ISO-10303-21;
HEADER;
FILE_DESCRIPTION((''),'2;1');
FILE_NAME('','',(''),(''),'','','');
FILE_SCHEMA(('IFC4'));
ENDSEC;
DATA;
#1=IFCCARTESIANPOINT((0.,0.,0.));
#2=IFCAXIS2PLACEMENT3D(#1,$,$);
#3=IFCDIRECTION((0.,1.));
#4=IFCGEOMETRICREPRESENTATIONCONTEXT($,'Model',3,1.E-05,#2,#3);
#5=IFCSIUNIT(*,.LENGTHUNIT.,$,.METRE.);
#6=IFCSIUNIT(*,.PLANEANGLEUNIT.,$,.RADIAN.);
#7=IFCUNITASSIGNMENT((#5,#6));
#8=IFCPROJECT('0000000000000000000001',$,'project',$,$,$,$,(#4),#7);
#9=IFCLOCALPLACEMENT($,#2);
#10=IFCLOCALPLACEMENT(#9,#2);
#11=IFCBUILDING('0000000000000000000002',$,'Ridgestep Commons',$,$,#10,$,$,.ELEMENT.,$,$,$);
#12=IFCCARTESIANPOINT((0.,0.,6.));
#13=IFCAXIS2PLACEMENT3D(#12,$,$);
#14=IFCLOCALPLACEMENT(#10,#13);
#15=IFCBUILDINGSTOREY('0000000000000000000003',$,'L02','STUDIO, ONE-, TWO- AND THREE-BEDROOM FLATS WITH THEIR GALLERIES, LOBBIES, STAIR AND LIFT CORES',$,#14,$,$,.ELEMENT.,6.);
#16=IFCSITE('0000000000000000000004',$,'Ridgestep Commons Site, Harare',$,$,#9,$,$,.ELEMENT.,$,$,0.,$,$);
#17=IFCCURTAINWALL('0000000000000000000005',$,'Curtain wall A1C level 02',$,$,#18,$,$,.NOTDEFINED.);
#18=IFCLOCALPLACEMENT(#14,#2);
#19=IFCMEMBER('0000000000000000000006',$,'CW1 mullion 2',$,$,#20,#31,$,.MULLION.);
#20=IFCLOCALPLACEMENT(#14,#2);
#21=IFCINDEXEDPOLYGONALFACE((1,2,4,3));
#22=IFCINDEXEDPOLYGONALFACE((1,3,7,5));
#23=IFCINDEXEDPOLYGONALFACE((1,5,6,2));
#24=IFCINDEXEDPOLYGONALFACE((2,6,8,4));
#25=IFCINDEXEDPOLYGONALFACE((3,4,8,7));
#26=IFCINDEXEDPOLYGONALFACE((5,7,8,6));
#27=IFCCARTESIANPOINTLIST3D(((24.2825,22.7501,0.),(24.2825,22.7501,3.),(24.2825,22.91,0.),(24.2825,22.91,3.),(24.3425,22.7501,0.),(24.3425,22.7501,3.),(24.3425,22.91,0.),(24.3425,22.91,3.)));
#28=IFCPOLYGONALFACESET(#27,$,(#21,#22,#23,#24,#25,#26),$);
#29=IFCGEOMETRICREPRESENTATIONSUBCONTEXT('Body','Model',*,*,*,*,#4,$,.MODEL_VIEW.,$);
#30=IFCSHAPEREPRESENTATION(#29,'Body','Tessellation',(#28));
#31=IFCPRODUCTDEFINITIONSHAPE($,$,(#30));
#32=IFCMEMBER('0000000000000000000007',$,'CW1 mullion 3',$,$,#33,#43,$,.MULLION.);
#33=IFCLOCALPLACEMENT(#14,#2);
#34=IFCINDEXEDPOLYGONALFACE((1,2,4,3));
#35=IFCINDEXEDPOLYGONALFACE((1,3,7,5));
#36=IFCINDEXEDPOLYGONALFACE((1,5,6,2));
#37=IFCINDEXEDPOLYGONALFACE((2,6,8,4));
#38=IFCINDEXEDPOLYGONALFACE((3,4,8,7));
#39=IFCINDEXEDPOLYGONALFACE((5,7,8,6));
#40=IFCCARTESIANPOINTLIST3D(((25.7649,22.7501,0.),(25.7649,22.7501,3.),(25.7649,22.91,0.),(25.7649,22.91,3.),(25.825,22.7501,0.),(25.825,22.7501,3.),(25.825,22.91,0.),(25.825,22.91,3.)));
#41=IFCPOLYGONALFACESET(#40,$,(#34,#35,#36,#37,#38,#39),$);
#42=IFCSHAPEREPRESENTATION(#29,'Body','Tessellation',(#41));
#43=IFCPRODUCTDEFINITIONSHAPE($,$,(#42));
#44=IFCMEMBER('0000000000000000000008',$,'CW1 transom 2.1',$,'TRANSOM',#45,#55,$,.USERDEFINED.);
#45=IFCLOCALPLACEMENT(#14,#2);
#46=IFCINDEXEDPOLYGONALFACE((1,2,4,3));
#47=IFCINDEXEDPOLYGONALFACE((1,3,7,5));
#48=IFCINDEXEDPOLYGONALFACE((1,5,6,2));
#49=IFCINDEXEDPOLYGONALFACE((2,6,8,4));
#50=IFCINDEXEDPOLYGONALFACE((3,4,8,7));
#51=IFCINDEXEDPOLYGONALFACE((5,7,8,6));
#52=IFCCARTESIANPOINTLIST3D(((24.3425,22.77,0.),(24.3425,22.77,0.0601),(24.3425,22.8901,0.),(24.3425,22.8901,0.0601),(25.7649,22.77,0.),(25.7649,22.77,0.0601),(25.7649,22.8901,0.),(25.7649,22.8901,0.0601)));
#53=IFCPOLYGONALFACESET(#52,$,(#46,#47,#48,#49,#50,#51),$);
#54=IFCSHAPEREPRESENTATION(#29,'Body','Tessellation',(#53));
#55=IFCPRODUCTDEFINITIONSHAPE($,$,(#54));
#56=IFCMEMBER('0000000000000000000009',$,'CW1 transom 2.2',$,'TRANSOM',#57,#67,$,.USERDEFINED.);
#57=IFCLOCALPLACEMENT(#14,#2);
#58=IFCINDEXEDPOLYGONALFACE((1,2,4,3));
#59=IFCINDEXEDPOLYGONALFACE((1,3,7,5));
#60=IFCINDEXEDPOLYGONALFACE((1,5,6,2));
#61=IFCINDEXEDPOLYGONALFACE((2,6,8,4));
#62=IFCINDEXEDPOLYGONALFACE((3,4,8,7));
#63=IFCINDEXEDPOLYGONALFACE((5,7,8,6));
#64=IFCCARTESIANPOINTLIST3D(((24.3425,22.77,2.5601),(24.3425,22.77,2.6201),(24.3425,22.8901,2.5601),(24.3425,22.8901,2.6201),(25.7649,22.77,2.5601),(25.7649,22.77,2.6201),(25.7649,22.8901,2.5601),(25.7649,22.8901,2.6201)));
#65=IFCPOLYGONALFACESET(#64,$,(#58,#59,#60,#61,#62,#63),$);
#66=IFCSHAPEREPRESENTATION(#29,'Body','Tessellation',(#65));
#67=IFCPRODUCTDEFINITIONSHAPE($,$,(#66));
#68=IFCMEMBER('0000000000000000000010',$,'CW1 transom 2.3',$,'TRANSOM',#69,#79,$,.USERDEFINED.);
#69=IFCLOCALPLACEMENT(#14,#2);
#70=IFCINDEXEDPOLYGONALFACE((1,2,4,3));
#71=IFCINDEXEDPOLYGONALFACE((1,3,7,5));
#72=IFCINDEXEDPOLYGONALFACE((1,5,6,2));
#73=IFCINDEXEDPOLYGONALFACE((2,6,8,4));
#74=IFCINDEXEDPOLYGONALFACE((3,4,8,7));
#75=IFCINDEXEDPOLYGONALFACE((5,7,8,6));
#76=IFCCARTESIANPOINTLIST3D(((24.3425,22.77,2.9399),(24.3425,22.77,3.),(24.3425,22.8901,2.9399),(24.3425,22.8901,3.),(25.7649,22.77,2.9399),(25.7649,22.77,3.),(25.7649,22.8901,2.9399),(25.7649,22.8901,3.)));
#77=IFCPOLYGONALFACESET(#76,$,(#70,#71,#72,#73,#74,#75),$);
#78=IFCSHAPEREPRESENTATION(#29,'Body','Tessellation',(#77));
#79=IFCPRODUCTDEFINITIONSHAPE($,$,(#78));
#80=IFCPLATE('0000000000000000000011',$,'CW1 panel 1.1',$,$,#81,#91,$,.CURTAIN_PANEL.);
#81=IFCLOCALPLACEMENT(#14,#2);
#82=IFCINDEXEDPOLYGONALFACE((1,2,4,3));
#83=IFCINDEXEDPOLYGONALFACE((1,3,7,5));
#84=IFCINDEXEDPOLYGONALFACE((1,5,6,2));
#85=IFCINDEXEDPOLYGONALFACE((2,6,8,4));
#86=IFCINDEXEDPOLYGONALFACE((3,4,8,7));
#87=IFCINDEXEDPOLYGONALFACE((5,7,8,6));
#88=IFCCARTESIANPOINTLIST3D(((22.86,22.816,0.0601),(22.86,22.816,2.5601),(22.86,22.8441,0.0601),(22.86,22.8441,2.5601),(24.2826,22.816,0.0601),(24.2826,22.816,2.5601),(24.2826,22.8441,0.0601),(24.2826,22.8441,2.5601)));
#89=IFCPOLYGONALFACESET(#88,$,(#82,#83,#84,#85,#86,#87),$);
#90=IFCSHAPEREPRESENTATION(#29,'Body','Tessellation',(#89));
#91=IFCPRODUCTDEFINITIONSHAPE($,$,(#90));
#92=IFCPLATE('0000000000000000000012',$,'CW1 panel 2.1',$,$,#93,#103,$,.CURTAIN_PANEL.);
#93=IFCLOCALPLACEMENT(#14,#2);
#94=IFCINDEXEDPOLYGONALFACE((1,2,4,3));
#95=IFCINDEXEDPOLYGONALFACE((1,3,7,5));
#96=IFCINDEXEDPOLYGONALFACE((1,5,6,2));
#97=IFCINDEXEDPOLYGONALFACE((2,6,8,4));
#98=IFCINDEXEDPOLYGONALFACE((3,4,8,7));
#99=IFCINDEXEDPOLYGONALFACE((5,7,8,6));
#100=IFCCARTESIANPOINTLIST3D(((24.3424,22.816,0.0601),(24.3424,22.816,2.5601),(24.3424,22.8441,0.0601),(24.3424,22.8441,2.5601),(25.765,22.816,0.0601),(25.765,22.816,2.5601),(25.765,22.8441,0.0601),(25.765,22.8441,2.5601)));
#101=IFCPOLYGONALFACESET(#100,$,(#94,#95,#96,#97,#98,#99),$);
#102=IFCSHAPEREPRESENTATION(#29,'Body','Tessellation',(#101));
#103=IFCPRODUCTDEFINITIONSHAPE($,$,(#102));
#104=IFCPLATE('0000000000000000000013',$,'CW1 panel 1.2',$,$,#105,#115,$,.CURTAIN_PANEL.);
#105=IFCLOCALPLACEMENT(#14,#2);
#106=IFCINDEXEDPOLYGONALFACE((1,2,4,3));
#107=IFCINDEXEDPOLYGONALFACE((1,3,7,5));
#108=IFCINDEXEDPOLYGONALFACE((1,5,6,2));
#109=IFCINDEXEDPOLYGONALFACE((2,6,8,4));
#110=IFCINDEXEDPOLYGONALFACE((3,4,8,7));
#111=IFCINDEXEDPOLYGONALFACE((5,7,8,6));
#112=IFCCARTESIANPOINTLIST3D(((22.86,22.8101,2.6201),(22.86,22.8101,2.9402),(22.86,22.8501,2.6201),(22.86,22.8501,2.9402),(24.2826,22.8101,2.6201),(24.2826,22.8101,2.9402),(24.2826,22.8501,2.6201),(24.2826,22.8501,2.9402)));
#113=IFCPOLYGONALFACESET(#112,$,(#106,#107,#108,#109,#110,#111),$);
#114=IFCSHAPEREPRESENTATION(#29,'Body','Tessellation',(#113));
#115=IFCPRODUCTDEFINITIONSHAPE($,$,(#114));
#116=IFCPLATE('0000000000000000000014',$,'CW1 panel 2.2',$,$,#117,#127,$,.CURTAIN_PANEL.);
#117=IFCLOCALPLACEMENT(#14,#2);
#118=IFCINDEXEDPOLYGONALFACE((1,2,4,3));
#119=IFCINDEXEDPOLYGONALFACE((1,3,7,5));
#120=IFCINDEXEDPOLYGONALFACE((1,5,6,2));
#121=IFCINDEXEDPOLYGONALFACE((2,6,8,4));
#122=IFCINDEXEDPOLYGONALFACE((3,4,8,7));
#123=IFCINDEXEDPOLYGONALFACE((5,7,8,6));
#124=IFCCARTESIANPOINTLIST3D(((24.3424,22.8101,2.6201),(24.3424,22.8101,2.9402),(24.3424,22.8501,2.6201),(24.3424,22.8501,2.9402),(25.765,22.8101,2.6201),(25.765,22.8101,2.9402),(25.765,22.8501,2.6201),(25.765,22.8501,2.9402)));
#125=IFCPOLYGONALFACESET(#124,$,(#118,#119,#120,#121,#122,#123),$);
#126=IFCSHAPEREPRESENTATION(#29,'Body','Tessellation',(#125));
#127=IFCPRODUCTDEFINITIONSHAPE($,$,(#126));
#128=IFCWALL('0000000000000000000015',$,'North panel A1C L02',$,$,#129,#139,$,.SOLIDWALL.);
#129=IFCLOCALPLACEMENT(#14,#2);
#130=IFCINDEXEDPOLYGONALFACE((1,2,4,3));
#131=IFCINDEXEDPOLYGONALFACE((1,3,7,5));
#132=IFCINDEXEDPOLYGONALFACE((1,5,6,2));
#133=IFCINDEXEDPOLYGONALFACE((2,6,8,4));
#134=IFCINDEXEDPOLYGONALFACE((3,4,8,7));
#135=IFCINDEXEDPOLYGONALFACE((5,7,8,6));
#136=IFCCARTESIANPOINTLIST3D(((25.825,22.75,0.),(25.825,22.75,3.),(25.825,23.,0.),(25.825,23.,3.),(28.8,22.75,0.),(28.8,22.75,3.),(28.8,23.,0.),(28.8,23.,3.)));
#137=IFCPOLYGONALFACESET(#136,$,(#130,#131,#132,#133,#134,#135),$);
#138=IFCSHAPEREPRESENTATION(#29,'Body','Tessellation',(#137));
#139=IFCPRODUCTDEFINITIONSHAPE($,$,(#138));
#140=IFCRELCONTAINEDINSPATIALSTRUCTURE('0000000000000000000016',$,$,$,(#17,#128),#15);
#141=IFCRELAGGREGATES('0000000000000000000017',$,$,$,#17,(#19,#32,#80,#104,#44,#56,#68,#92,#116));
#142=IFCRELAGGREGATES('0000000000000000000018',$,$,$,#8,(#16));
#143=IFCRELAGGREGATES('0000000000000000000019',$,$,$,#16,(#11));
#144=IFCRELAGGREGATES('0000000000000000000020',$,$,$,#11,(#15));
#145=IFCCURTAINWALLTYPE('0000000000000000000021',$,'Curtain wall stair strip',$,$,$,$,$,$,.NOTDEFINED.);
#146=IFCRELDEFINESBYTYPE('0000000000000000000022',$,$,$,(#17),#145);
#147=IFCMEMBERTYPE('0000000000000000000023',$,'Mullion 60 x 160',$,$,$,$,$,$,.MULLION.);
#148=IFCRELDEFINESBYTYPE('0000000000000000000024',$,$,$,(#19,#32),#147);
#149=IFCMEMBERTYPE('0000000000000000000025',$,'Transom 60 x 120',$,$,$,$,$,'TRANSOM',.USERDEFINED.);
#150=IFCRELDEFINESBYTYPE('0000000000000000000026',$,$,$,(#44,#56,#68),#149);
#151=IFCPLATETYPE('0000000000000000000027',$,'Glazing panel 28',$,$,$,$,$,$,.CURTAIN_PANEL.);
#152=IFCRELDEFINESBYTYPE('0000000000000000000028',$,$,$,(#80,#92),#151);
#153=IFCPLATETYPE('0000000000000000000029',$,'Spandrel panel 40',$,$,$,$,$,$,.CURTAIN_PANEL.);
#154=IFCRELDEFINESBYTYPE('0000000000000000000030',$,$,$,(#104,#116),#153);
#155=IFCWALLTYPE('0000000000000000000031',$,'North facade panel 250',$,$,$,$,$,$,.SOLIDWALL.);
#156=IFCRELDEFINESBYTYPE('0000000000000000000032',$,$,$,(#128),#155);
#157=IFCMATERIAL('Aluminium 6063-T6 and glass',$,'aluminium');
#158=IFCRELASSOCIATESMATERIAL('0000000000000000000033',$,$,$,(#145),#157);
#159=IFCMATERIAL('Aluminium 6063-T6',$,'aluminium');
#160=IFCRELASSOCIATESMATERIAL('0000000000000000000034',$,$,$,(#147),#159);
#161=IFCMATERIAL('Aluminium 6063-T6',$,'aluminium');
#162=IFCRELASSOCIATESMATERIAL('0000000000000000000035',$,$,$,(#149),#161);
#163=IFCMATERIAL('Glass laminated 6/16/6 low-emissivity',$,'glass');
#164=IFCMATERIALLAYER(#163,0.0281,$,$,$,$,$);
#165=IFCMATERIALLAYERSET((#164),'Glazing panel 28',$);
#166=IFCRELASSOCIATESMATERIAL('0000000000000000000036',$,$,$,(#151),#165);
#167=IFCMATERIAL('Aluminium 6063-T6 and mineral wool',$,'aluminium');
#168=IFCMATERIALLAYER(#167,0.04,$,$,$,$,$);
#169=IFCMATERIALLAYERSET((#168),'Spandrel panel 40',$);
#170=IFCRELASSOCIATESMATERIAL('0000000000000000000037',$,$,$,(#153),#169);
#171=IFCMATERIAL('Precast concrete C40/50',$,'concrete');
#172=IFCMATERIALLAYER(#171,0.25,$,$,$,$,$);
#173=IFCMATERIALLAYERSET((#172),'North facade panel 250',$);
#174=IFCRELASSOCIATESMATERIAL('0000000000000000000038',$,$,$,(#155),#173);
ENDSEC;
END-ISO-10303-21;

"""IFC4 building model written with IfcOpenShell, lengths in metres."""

from ifc_helpers import new_model, si_unit, direction, frame, frame_2d, origin, origin_2d, place, context, subcontext, project, spatial, rectangle, extrude, material, layer, layer_set, material_profile, profile_set, type_object, element, aggregate, save


model = new_model("IFC4")

# Units and contexts
model_context = context("Model", 3, precision=1e-05, world=origin(), true_north=direction((0.0, 1.0)))
body_context = subcontext(model_context, "Body", "Model", "MODEL_VIEW")
ifc_project = project(units=[si_unit("LENGTHUNIT", "METRE"), si_unit("PLANEANGLEUNIT", "RADIAN")], contexts=[model_context])

# Site, building, storey
site_placement = place(None, origin())
site = spatial("IfcSite", under=ifc_project, at=site_placement, Name="Ridgestep Commons Site, Harare", CompositionType="ELEMENT", RefElevation=0.0)
building_placement = place(site_placement, origin())
building = spatial("IfcBuilding", under=site, at=building_placement, Name="Ridgestep Commons", CompositionType="ELEMENT")
storey_placement = place(building_placement, frame((0.0, 0.0, 6.0)))
storey = spatial("IfcBuildingStorey", under=building, at=storey_placement, Name="L02", Description="STUDIO, ONE-, TWO- AND THREE-BEDROOM FLATS WITH THEIR GALLERIES, LOBBIES, STAIR AND LIFT CORES", CompositionType="ELEMENT", Elevation=6.0)

# Curtain wall, members, plates
ifc_material_1 = material(Name="Aluminium 6063-T6 and glass", Category="aluminium")
curtain_wall_type = type_object("IfcCurtainWallType", Name="Curtain wall stair strip", PredefinedType="NOTDEFINED", material=ifc_material_1)
curtain_wall_placement = place(storey_placement, origin())
curtain_wall = element("IfcCurtainWall", 1, at=curtain_wall_placement, inside=storey, type_object=curtain_wall_type, Name="Curtain wall A1C level 02", PredefinedType="NOTDEFINED")
ifc_material_2 = material(Name="Aluminium 6063-T6", Category="aluminium")
ifc_material_profile_1 = material_profile(ifc_material_2, rectangle(XDim=0.1599, YDim=0.0601, at=origin_2d()), Name="Mullion 60 x 160")
ifc_profile_set_1 = profile_set([ifc_material_profile_1], Name="Aluminium 6063-T6")
member_type_1 = type_object("IfcMemberType", Name="Mullion 60 x 160", PredefinedType="MULLION", material=ifc_profile_set_1)
member_1_placement = place(storey_placement, frame((24.3125, 22.8301, 0.0), z_axis=(0.0, 0.0, 1.0), x_axis=(0.0, 1.0, 0.0)))
member_1 = element("IfcMember", 2, at=member_1_placement, type_object=member_type_1, Name="CW1 mullion 2", PredefinedType="MULLION", context=body_context, shape_type="SweptSolid", body=[
    extrude(rectangle(XDim=0.1599, YDim=0.0601, at=origin_2d()), origin(), (0.0, 0.0, 1.0), 3.0),
])
member_2_placement = place(storey_placement, frame((25.7949, 22.8301, 0.0), z_axis=(0.0, 0.0, 1.0), x_axis=(0.0, 1.0, 0.0)))
member_2 = element("IfcMember", 3, at=member_2_placement, type_object=member_type_1, Name="CW1 mullion 3", PredefinedType="MULLION", context=body_context, shape_type="SweptSolid", body=[
    extrude(rectangle(XDim=0.1599, YDim=0.0601, at=origin_2d()), origin(), (0.0, 0.0, 1.0), 3.0),
])
ifc_material_3 = material(Name="Aluminium 6063-T6", Category="aluminium")
ifc_material_profile_2 = material_profile(ifc_material_3, rectangle(XDim=0.1201, YDim=0.0601, at=origin_2d()), Name="Transom 60 x 120")
ifc_profile_set_2 = profile_set([ifc_material_profile_2], Name="Aluminium 6063-T6")
member_type_2 = type_object("IfcMemberType", Name="Transom 60 x 120", ElementType="TRANSOM", PredefinedType="USERDEFINED", material=ifc_profile_set_2)
member_3_placement = place(storey_placement, frame((24.3425, 22.8301, 0.03), z_axis=(1.0, 0.0, 0.0), x_axis=(0.0, 1.0, 0.0)))
member_3 = element("IfcMember", 4, at=member_3_placement, type_object=member_type_2, Name="CW1 transom 2.1", ObjectType="TRANSOM", PredefinedType="USERDEFINED", context=body_context, shape_type="SweptSolid", body=[
    extrude(rectangle(XDim=0.1201, YDim=0.0601, at=origin_2d()), origin(), (0.0, 0.0, 1.0), 1.4224),
])
member_4_placement = place(storey_placement, frame((24.3425, 22.8301, 2.5901), z_axis=(1.0, 0.0, 0.0), x_axis=(0.0, 1.0, 0.0)))
member_4 = element("IfcMember", 5, at=member_4_placement, type_object=member_type_2, Name="CW1 transom 2.2", ObjectType="TRANSOM", PredefinedType="USERDEFINED", context=body_context, shape_type="SweptSolid", body=[
    extrude(rectangle(XDim=0.1201, YDim=0.0601, at=origin_2d()), origin(), (0.0, 0.0, 1.0), 1.4224),
])
member_5_placement = place(storey_placement, frame((24.3425, 22.8301, 2.97), z_axis=(1.0, 0.0, 0.0), x_axis=(0.0, 1.0, 0.0)))
member_5 = element("IfcMember", 6, at=member_5_placement, type_object=member_type_2, Name="CW1 transom 2.3", ObjectType="TRANSOM", PredefinedType="USERDEFINED", context=body_context, shape_type="SweptSolid", body=[
    extrude(rectangle(XDim=0.1201, YDim=0.0601, at=origin_2d()), origin(), (0.0, 0.0, 1.0), 1.4224),
])
ifc_material_4 = material(Name="Glass laminated 6/16/6 low-emissivity", Category="glass")
ifc_layer_1 = layer(ifc_material_4, 0.0281)
ifc_layer_set_1 = layer_set([ifc_layer_1], Name="Glazing panel 28")
plate_type_1 = type_object("IfcPlateType", Name="Glazing panel 28", PredefinedType="CURTAIN_PANEL", material=ifc_layer_set_1)
plate_1_placement = place(storey_placement, frame((23.5713, 22.8301, 0.0601), z_axis=(0.0, 0.0, 1.0), x_axis=(1.0, 0.0, 0.0)))
plate_1 = element("IfcPlate", 7, at=plate_1_placement, type_object=plate_type_1, Name="CW1 panel 1.1", PredefinedType="CURTAIN_PANEL", context=body_context, shape_type="SweptSolid", body=[
    extrude(rectangle(XDim=1.4226, YDim=0.0281, at=origin_2d()), origin(), (0.0, 0.0, 1.0), 2.5),
])
plate_2_placement = place(storey_placement, frame((25.0537, 22.8301, 0.0601), z_axis=(0.0, 0.0, 1.0), x_axis=(1.0, 0.0, 0.0)))
plate_2 = element("IfcPlate", 8, at=plate_2_placement, type_object=plate_type_1, Name="CW1 panel 2.1", PredefinedType="CURTAIN_PANEL", context=body_context, shape_type="SweptSolid", body=[
    extrude(rectangle(XDim=1.4226, YDim=0.0281, at=origin_2d()), origin(), (0.0, 0.0, 1.0), 2.5),
])
ifc_material_5 = material(Name="Aluminium 6063-T6 and mineral wool", Category="aluminium")
ifc_layer_2 = layer(ifc_material_5, 0.04)
ifc_layer_set_2 = layer_set([ifc_layer_2], Name="Spandrel panel 40")
plate_type_2 = type_object("IfcPlateType", Name="Spandrel panel 40", PredefinedType="CURTAIN_PANEL", material=ifc_layer_set_2)
plate_3_placement = place(storey_placement, frame((23.5713, 22.8301, 2.6201), z_axis=(0.0, 0.0, 1.0), x_axis=(1.0, 0.0, 0.0)))
plate_3 = element("IfcPlate", 9, at=plate_3_placement, type_object=plate_type_2, Name="CW1 panel 1.2", PredefinedType="CURTAIN_PANEL", context=body_context, shape_type="SweptSolid", body=[
    extrude(rectangle(XDim=1.4226, YDim=0.04, at=origin_2d()), origin(), (0.0, 0.0, 1.0), 0.3201),
])
plate_4_placement = place(storey_placement, frame((25.0537, 22.8301, 2.6201), z_axis=(0.0, 0.0, 1.0), x_axis=(1.0, 0.0, 0.0)))
plate_4 = element("IfcPlate", 10, at=plate_4_placement, type_object=plate_type_2, Name="CW1 panel 2.2", PredefinedType="CURTAIN_PANEL", context=body_context, shape_type="SweptSolid", body=[
    extrude(rectangle(XDim=1.4226, YDim=0.04, at=origin_2d()), origin(), (0.0, 0.0, 1.0), 0.3201),
])
aggregate(curtain_wall, [member_1, member_2, plate_1, plate_3, member_3, member_4, member_5, plate_2, plate_4])

# Wall
ifc_material_6 = material(Name="Precast concrete C40/50", Category="concrete")
ifc_layer_3 = layer(ifc_material_6, 0.25)
ifc_layer_set_3 = layer_set([ifc_layer_3], Name="North facade panel 250")
wall_type = type_object("IfcWallType", Name="North facade panel 250", PredefinedType="SOLIDWALL", material=ifc_layer_set_3)
wall_1_placement = place(storey_placement, frame((25.825, 22.875, 0.0), z_axis=(0.0, 0.0, 1.0), x_axis=(1.0, 0.0, 0.0)))
element("IfcWall", 11, at=wall_1_placement, inside=storey, type_object=wall_type, Name="North panel A1C L02", PredefinedType="SOLIDWALL", context=body_context, shape_type="SweptSolid", body=[
    extrude(rectangle(XDim=2.9751, YDim=0.25, at=frame_2d((1.4875, 0.0))), origin(), (0.0, 0.0, 1.0), 3.0),
])

save(model, "model.ifc")
